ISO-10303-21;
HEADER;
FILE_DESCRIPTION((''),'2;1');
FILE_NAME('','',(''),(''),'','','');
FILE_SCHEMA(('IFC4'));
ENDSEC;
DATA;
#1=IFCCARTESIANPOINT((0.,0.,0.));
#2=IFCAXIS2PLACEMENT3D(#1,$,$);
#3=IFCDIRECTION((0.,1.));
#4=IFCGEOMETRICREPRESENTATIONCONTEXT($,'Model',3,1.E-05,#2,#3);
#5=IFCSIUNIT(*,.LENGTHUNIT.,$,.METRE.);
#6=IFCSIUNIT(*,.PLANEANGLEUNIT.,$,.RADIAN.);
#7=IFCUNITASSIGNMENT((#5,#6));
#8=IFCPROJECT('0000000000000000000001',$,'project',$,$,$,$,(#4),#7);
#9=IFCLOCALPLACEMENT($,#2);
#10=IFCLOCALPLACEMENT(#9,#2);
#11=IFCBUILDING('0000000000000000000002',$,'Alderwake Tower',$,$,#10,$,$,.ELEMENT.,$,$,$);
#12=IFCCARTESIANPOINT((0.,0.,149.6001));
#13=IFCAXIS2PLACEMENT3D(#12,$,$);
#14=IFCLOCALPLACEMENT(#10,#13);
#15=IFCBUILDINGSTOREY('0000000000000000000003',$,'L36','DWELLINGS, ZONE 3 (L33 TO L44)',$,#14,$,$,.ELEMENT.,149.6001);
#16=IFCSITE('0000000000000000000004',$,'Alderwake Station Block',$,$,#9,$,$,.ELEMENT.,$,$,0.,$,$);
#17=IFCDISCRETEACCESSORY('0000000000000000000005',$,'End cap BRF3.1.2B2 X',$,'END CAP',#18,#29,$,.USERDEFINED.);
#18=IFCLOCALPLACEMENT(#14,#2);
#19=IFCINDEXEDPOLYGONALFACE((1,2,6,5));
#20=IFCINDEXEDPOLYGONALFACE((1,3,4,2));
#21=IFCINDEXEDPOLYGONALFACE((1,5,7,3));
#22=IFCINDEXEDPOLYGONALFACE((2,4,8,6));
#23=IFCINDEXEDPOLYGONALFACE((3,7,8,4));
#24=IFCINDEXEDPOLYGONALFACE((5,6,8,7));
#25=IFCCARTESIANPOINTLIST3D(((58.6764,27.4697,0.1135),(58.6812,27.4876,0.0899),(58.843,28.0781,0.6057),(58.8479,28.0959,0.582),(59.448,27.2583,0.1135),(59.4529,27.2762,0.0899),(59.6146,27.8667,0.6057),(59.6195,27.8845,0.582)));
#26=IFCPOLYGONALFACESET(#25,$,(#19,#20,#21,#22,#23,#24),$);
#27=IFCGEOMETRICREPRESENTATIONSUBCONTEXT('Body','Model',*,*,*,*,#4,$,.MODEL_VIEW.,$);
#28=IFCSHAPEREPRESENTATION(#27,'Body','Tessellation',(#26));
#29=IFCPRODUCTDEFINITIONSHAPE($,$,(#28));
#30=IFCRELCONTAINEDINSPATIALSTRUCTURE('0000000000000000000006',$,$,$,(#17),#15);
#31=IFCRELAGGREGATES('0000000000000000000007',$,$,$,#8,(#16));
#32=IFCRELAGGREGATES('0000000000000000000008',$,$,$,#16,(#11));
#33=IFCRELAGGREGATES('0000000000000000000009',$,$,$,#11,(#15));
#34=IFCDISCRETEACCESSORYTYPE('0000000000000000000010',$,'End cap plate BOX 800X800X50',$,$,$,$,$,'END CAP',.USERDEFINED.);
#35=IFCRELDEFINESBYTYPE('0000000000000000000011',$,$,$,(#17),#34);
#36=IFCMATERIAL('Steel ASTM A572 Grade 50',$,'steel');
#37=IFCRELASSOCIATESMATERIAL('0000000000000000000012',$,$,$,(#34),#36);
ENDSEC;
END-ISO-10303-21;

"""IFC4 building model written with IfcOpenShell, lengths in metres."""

from ifc_helpers import new_model, si_unit, direction, frame, origin, origin_2d, place, context, subcontext, project, spatial, rectangle, extrude, material, material_profile, profile_set, type_object, element, save


model = new_model("IFC4")

# Units and contexts
model_context = context("Model", 3, precision=1e-05, world=origin(), true_north=direction((0.0, 1.0)))
body_context = subcontext(model_context, "Body", "Model", "MODEL_VIEW")
ifc_project = project(units=[si_unit("LENGTHUNIT", "METRE"), si_unit("PLANEANGLEUNIT", "RADIAN")], contexts=[model_context])

# Site, building, storey
site_placement = place(None, origin())
site = spatial("IfcSite", under=ifc_project, at=site_placement, Name="Alderwake Station Block", CompositionType="ELEMENT", RefElevation=0.0)
building_placement = place(site_placement, origin())
building = spatial("IfcBuilding", under=site, at=building_placement, Name="Alderwake Tower", CompositionType="ELEMENT")
storey_placement = place(building_placement, frame((0.0, 0.0, 149.6001)))
storey = spatial("IfcBuildingStorey", under=building, at=storey_placement, Name="L36", Description="DWELLINGS, ZONE 3 (L33 TO L44)", CompositionType="ELEMENT", Elevation=149.6001)

# Discrete accessory
ifc_material_1 = material(Name="Steel ASTM A572 Grade 50", Category="steel")
ifc_material_profile_1 = material_profile(ifc_material_1, rectangle(XDim=0.8, YDim=0.8, at=origin_2d()), Name="BOX 800X800X50 cap")
ifc_profile_set_1 = profile_set([ifc_material_profile_1], Name="Steel ASTM A572 Grade 50")
discrete_accessory_type = type_object("IfcDiscreteAccessoryType", Name="End cap plate BOX 800X800X50", ElementType="END CAP", PredefinedType="USERDEFINED", material=ifc_profile_set_1)
discrete_accessory_placement = place(storey_placement, frame((59.1455, 27.6682, 0.3596), z_axis=(0.162553, 0.593319, -0.788383), x_axis=(-0.964458, 0.264235, 0.0)))
element("IfcDiscreteAccessory", 1, at=discrete_accessory_placement, inside=storey, type_object=discrete_accessory_type, Name="End cap BRF3.1.2B2 X", ObjectType="END CAP", PredefinedType="USERDEFINED", context=body_context, shape_type="SweptSolid", body=[
    extrude(rectangle(XDim=0.8, YDim=0.8, at=origin_2d()), origin(), (0.0, 0.0, 1.0), 0.03),
])

save(model, "model.ifc")
